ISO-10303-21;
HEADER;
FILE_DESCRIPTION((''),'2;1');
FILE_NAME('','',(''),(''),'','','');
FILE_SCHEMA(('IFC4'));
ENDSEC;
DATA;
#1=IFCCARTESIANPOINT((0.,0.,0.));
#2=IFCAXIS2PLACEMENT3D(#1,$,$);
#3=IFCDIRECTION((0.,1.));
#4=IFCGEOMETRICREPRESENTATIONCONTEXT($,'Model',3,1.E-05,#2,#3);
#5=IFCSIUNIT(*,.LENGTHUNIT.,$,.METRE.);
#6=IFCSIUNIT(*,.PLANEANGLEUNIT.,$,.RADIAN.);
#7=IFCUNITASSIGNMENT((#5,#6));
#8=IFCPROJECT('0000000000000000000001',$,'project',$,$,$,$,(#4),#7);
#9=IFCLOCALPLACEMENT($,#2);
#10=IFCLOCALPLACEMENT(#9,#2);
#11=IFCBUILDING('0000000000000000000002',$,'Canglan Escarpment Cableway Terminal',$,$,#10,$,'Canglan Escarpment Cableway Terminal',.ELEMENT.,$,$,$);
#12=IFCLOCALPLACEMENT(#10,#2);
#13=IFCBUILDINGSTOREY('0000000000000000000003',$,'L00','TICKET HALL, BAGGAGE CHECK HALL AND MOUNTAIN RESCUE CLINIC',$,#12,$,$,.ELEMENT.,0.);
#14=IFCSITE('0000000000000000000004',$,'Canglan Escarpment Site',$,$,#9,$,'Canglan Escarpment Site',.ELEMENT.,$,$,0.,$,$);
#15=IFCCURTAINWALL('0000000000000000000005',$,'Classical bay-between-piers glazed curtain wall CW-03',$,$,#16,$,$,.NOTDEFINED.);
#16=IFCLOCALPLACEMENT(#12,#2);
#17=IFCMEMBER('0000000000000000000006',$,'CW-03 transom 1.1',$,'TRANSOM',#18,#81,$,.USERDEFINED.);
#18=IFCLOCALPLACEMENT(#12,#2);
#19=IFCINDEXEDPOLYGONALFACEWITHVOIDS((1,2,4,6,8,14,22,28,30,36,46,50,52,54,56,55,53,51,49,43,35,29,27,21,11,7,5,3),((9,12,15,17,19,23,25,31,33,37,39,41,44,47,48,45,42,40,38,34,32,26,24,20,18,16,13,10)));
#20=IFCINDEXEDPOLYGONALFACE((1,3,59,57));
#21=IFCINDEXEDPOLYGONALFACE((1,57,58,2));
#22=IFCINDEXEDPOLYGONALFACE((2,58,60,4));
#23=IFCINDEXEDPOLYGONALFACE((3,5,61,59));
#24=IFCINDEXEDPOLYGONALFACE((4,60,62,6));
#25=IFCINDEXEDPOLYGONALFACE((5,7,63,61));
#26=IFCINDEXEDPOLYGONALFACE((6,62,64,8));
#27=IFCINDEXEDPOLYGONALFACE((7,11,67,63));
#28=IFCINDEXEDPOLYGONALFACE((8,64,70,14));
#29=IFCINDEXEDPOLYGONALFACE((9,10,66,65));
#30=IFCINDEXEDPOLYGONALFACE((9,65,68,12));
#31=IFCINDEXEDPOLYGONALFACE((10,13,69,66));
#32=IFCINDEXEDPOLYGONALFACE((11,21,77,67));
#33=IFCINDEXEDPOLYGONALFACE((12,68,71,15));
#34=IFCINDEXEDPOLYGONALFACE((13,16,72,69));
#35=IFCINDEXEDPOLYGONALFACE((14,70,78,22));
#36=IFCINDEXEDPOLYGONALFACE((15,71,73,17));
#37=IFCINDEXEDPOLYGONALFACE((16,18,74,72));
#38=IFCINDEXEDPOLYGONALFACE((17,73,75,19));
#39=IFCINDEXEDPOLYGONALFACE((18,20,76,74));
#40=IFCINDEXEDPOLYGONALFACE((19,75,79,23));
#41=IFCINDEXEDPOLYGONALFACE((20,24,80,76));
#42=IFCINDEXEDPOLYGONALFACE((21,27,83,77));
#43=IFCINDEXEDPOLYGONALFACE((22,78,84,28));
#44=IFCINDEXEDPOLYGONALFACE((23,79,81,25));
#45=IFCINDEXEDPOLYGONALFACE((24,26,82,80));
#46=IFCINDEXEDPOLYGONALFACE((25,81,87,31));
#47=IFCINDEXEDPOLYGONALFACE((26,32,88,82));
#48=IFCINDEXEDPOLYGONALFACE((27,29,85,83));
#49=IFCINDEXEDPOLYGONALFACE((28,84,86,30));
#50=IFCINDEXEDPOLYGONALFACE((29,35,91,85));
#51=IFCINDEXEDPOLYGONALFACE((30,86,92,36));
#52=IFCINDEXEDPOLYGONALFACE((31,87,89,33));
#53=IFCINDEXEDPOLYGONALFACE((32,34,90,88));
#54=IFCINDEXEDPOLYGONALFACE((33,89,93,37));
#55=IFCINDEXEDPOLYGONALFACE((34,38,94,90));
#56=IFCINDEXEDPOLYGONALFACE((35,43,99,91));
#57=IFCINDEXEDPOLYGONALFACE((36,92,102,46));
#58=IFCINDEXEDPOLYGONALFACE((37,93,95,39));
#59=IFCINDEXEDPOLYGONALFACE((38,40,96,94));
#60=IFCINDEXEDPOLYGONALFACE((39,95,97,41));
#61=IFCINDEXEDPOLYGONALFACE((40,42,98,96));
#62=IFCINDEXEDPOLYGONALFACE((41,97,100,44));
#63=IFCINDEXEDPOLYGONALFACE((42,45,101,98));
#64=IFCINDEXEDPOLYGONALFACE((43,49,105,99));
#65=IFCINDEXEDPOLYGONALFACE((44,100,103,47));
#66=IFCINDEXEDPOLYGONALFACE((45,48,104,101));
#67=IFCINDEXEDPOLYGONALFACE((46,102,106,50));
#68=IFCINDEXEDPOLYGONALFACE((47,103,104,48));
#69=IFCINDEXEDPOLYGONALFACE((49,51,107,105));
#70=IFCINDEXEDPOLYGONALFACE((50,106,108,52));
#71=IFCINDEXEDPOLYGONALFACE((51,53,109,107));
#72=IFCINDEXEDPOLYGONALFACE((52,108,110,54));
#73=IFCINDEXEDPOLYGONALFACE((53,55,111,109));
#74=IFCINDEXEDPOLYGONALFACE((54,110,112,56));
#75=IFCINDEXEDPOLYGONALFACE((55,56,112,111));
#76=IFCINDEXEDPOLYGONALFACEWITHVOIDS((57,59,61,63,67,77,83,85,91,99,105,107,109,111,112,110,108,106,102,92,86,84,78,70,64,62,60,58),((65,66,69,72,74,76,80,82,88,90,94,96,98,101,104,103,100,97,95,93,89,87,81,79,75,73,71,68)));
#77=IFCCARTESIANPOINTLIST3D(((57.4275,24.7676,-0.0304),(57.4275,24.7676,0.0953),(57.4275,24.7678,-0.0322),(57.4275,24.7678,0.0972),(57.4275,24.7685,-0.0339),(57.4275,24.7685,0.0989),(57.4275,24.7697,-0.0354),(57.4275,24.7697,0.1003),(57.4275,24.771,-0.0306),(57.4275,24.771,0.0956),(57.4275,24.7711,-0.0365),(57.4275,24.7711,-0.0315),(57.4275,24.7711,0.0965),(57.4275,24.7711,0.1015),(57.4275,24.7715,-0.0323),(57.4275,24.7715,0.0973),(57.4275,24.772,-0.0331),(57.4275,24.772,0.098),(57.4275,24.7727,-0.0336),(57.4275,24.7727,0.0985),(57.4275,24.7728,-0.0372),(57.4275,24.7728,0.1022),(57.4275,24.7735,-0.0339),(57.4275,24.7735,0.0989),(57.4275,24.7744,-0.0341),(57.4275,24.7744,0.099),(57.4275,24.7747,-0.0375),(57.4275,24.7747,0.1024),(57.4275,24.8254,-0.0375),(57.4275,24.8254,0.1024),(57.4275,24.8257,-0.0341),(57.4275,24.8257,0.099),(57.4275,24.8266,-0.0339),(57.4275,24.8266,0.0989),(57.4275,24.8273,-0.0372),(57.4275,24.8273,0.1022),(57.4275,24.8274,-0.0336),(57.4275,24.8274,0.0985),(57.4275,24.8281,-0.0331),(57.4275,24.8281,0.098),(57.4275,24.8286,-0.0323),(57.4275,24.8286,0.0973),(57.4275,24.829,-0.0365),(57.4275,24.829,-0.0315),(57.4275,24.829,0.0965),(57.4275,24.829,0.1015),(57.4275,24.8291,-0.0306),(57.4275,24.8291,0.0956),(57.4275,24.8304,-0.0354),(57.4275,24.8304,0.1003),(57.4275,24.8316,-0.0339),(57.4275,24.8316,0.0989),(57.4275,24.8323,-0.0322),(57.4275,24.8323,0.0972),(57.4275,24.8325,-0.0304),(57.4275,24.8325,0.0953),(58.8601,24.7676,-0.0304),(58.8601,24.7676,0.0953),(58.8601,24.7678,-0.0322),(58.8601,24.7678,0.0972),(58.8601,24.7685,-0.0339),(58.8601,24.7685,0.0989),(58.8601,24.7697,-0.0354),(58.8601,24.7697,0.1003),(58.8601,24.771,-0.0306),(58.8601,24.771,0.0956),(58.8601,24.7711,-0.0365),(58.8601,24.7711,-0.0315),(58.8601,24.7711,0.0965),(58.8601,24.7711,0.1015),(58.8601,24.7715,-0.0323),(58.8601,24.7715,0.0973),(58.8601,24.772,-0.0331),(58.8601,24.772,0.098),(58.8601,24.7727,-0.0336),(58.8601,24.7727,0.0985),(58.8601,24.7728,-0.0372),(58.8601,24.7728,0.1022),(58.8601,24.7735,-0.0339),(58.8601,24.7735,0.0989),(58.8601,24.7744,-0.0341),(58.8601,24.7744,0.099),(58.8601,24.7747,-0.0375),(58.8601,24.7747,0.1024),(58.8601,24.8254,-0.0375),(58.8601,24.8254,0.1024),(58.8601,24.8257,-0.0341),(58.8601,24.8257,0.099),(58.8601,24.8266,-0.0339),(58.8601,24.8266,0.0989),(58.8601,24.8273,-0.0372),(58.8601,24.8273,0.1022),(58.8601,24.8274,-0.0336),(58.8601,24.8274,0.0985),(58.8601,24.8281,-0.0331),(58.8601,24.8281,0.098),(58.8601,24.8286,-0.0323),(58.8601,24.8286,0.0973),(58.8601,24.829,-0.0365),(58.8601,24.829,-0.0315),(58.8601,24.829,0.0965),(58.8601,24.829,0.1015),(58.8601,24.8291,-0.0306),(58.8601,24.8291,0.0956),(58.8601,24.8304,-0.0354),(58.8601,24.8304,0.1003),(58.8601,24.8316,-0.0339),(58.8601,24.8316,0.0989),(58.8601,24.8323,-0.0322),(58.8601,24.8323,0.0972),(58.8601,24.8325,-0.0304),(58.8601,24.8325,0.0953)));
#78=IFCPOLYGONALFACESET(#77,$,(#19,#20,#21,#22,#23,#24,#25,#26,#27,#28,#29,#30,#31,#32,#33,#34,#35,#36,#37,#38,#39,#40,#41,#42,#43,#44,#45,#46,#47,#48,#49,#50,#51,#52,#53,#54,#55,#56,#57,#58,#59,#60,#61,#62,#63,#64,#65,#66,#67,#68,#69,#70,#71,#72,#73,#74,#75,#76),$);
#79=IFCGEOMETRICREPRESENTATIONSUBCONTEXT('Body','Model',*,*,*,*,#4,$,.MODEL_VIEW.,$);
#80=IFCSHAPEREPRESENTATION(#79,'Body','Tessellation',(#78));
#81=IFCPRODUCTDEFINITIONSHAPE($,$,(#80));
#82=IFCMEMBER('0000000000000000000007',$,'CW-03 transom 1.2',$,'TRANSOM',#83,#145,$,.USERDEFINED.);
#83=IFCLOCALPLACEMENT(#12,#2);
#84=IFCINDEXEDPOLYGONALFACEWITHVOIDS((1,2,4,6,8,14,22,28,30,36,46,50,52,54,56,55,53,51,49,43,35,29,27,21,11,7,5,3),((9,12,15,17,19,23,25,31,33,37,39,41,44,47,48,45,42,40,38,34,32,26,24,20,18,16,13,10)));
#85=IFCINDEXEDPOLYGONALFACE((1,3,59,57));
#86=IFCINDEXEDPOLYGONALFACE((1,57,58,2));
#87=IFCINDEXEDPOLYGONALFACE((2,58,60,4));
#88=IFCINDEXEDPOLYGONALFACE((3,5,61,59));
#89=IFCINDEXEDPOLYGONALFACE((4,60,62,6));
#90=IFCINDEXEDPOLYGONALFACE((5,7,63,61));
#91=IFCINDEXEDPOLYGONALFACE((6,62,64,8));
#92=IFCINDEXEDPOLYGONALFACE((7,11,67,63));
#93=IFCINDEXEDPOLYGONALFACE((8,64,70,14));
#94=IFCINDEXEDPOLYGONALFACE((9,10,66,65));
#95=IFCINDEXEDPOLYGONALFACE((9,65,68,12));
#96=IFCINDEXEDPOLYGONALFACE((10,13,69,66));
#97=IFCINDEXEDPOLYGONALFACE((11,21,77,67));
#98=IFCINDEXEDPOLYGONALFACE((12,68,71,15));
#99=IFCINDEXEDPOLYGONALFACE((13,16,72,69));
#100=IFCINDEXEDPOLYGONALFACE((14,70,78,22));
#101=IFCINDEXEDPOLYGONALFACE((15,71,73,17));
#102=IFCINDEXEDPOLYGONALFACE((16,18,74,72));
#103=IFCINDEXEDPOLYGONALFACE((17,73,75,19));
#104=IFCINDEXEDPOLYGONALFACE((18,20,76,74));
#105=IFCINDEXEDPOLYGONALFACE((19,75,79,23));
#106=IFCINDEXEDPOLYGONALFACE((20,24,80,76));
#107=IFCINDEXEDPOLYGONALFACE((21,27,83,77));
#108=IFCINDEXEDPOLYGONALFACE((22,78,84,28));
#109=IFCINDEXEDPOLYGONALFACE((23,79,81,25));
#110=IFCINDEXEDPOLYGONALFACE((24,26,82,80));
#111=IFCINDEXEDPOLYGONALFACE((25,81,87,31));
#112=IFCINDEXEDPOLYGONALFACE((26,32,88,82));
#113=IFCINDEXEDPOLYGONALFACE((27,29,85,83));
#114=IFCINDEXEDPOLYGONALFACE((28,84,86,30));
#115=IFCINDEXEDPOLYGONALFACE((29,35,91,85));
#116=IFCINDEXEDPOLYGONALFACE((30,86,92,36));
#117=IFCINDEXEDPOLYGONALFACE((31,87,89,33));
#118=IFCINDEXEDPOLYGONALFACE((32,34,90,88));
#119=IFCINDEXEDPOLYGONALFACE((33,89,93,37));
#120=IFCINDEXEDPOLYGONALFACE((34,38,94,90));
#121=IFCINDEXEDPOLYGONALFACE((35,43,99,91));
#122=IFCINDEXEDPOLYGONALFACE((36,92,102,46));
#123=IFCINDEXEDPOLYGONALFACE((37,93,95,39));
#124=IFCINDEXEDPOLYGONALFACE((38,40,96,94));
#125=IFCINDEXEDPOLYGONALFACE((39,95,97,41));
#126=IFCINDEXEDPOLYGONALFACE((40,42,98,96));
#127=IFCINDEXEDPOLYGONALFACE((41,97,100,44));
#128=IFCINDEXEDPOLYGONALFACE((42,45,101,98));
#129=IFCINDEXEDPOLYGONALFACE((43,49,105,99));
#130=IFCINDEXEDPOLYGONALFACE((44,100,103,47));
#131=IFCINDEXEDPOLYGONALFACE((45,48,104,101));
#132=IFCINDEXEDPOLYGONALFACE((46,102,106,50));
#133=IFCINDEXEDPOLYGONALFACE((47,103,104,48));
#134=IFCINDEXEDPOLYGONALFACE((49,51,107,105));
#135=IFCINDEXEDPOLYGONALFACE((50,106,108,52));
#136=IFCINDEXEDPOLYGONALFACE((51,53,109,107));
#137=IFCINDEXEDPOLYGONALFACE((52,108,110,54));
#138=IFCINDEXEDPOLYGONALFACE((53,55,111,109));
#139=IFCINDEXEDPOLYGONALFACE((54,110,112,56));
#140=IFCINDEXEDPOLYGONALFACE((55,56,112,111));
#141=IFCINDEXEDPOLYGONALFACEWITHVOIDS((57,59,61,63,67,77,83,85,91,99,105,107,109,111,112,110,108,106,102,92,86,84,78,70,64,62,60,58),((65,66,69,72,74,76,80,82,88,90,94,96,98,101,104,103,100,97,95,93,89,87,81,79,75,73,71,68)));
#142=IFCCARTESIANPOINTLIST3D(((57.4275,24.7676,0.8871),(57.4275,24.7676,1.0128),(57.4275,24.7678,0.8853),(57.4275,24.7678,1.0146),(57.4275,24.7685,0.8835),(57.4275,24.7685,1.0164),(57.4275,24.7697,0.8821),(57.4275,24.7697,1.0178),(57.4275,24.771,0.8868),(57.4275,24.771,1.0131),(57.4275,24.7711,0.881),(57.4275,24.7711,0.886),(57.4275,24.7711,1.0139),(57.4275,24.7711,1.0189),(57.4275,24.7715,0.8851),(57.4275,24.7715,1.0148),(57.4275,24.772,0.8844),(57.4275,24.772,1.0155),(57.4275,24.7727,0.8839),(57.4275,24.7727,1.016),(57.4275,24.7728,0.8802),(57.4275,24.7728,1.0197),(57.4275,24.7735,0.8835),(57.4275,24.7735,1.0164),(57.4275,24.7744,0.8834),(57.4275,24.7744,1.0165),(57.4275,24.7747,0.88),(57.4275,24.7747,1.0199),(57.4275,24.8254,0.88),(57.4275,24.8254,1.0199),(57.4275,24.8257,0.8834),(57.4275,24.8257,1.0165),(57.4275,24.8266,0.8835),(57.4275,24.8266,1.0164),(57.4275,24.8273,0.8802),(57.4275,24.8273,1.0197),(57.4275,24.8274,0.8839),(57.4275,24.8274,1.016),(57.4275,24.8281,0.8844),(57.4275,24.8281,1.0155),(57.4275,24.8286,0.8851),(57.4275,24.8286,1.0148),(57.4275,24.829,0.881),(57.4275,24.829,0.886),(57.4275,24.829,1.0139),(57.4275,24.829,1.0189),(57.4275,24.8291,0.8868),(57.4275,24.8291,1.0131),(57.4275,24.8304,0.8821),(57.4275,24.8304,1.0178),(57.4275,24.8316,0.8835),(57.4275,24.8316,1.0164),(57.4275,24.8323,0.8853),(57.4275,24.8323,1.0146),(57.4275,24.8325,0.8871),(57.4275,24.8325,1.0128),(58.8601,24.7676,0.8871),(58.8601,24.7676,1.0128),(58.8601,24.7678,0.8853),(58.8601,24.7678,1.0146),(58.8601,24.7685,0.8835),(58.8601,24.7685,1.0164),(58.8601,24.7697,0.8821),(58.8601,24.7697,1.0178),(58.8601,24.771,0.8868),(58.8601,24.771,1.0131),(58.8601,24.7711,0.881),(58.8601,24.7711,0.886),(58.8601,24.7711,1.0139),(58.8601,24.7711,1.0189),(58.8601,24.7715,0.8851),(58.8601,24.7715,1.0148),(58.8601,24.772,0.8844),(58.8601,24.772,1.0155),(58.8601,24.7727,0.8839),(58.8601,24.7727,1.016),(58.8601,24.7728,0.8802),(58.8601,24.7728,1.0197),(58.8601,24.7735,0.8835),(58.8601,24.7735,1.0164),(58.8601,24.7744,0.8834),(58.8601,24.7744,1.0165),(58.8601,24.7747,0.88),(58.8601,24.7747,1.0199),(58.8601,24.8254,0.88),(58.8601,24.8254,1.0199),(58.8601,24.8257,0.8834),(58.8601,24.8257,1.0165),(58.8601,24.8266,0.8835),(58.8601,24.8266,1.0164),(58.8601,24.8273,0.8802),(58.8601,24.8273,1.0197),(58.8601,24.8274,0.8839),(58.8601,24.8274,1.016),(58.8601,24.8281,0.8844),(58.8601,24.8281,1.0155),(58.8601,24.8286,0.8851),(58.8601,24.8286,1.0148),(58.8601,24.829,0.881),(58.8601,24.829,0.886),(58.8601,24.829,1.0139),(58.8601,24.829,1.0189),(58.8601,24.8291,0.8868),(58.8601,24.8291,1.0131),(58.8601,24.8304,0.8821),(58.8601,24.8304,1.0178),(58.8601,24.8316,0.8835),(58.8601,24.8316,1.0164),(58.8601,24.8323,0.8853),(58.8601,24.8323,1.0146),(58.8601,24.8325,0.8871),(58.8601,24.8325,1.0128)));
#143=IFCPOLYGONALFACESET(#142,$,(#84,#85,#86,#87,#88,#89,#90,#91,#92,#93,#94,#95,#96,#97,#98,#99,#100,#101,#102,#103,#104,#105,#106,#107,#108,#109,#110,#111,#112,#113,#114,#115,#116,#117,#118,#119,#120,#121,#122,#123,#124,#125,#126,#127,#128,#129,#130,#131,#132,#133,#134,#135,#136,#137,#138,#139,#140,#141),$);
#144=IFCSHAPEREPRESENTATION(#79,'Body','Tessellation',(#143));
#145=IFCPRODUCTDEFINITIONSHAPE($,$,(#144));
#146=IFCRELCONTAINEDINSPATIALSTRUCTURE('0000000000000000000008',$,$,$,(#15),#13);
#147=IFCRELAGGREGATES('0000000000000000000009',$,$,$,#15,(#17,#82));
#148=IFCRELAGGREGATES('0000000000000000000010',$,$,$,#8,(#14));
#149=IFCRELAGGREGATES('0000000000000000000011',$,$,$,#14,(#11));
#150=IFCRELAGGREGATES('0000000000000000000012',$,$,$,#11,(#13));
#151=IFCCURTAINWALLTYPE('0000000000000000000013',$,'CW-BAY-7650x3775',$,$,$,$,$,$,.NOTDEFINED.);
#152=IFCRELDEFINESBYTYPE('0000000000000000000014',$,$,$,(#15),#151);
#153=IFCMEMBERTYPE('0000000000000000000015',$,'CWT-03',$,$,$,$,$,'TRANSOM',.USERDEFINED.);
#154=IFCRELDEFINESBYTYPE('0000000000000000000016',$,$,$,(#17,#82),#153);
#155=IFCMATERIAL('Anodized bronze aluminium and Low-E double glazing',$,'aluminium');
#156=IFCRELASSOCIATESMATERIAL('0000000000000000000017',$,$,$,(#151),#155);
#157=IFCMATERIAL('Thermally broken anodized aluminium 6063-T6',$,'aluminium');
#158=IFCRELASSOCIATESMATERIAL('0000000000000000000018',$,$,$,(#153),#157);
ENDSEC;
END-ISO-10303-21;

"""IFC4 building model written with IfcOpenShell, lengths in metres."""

from ifc_helpers import new_model, si_unit, direction, frame, origin, origin_2d, place, context, subcontext, project, spatial, hollow_rectangle, extrude, material, material_profile, profile_set, type_object, element, aggregate, save


model = new_model("IFC4")

# Units and contexts
model_context = context("Model", 3, precision=1e-05, world=origin(), true_north=direction((0.0, 1.0)))
body_context = subcontext(model_context, "Body", "Model", "MODEL_VIEW")
ifc_project = project(units=[si_unit("LENGTHUNIT", "METRE"), si_unit("PLANEANGLEUNIT", "RADIAN")], contexts=[model_context])

# Site, building, storey
site_placement = place(None, origin())
site = spatial("IfcSite", under=ifc_project, at=site_placement, Name="Canglan Escarpment Site", LongName="Canglan Escarpment Site", CompositionType="ELEMENT", RefElevation=0.0)
building_placement = place(site_placement, origin())
building = spatial("IfcBuilding", under=site, at=building_placement, Name="Canglan Escarpment Cableway Terminal", LongName="Canglan Escarpment Cableway Terminal", CompositionType="ELEMENT")
storey_placement = place(building_placement, origin())
storey = spatial("IfcBuildingStorey", under=building, at=storey_placement, Name="L00", Description="TICKET HALL, BAGGAGE CHECK HALL AND MOUNTAIN RESCUE CLINIC", CompositionType="ELEMENT", Elevation=0.0)

# Curtain wall, members
ifc_material_1 = material(Name="Anodized bronze aluminium and Low-E double glazing", Category="aluminium")
curtain_wall_type = type_object("IfcCurtainWallType", Name="CW-BAY-7650x3775", PredefinedType="NOTDEFINED", material=ifc_material_1)
curtain_wall_placement = place(storey_placement, origin())
curtain_wall = element("IfcCurtainWall", 1, at=curtain_wall_placement, inside=storey, type_object=curtain_wall_type, Name="Classical bay-between-piers glazed curtain wall CW-03", PredefinedType="NOTDEFINED")
ifc_material_2 = material(Name="Thermally broken anodized aluminium 6063-T6", Category="aluminium")
ifc_material_profile_1 = material_profile(ifc_material_2, hollow_rectangle(XDim=0.0649, YDim=0.1399, WallThickness=0.0034, InnerFilletRadius=0.0034, OuterFilletRadius=0.0071, at=origin_2d()), Name="ALU-TRAN 65x140x3.5")
ifc_profile_set_1 = profile_set([ifc_material_profile_1], Name="Thermally broken anodized aluminium 6063-T6")
member_type_1 = type_object("IfcMemberType", Name="CWT-03", ElementType="TRANSOM", PredefinedType="USERDEFINED", material=ifc_profile_set_1)
member_1_placement = place(storey_placement, frame((58.8601, 24.8, 0.0325), z_axis=(-1.0, 0.0, 0.0), x_axis=(0.0, -1.0, 0.0)))
member_1 = element("IfcMember", 2, at=member_1_placement, type_object=member_type_1, Name="CW-03 transom 1.1", ObjectType="TRANSOM", PredefinedType="USERDEFINED", context=body_context, shape_type="SweptSolid", body=[
    extrude(hollow_rectangle(XDim=0.0649, YDim=0.1399, WallThickness=0.0034, InnerFilletRadius=0.0034, OuterFilletRadius=0.0071, at=origin_2d()), origin(), (0.0, 0.0, 1.0), 1.4326),
])
member_2_placement = place(storey_placement, frame((58.8601, 24.8, 0.95), z_axis=(-1.0, 0.0, 0.0), x_axis=(0.0, -1.0, 0.0)))
member_2 = element("IfcMember", 3, at=member_2_placement, type_object=member_type_1, Name="CW-03 transom 1.2", ObjectType="TRANSOM", PredefinedType="USERDEFINED", context=body_context, shape_type="SweptSolid", body=[
    extrude(hollow_rectangle(XDim=0.0649, YDim=0.1399, WallThickness=0.0034, InnerFilletRadius=0.0034, OuterFilletRadius=0.0071, at=origin_2d()), origin(), (0.0, 0.0, 1.0), 1.4326),
])

aggregate(curtain_wall, [member_1, member_2])

save(model, "model.ifc")
